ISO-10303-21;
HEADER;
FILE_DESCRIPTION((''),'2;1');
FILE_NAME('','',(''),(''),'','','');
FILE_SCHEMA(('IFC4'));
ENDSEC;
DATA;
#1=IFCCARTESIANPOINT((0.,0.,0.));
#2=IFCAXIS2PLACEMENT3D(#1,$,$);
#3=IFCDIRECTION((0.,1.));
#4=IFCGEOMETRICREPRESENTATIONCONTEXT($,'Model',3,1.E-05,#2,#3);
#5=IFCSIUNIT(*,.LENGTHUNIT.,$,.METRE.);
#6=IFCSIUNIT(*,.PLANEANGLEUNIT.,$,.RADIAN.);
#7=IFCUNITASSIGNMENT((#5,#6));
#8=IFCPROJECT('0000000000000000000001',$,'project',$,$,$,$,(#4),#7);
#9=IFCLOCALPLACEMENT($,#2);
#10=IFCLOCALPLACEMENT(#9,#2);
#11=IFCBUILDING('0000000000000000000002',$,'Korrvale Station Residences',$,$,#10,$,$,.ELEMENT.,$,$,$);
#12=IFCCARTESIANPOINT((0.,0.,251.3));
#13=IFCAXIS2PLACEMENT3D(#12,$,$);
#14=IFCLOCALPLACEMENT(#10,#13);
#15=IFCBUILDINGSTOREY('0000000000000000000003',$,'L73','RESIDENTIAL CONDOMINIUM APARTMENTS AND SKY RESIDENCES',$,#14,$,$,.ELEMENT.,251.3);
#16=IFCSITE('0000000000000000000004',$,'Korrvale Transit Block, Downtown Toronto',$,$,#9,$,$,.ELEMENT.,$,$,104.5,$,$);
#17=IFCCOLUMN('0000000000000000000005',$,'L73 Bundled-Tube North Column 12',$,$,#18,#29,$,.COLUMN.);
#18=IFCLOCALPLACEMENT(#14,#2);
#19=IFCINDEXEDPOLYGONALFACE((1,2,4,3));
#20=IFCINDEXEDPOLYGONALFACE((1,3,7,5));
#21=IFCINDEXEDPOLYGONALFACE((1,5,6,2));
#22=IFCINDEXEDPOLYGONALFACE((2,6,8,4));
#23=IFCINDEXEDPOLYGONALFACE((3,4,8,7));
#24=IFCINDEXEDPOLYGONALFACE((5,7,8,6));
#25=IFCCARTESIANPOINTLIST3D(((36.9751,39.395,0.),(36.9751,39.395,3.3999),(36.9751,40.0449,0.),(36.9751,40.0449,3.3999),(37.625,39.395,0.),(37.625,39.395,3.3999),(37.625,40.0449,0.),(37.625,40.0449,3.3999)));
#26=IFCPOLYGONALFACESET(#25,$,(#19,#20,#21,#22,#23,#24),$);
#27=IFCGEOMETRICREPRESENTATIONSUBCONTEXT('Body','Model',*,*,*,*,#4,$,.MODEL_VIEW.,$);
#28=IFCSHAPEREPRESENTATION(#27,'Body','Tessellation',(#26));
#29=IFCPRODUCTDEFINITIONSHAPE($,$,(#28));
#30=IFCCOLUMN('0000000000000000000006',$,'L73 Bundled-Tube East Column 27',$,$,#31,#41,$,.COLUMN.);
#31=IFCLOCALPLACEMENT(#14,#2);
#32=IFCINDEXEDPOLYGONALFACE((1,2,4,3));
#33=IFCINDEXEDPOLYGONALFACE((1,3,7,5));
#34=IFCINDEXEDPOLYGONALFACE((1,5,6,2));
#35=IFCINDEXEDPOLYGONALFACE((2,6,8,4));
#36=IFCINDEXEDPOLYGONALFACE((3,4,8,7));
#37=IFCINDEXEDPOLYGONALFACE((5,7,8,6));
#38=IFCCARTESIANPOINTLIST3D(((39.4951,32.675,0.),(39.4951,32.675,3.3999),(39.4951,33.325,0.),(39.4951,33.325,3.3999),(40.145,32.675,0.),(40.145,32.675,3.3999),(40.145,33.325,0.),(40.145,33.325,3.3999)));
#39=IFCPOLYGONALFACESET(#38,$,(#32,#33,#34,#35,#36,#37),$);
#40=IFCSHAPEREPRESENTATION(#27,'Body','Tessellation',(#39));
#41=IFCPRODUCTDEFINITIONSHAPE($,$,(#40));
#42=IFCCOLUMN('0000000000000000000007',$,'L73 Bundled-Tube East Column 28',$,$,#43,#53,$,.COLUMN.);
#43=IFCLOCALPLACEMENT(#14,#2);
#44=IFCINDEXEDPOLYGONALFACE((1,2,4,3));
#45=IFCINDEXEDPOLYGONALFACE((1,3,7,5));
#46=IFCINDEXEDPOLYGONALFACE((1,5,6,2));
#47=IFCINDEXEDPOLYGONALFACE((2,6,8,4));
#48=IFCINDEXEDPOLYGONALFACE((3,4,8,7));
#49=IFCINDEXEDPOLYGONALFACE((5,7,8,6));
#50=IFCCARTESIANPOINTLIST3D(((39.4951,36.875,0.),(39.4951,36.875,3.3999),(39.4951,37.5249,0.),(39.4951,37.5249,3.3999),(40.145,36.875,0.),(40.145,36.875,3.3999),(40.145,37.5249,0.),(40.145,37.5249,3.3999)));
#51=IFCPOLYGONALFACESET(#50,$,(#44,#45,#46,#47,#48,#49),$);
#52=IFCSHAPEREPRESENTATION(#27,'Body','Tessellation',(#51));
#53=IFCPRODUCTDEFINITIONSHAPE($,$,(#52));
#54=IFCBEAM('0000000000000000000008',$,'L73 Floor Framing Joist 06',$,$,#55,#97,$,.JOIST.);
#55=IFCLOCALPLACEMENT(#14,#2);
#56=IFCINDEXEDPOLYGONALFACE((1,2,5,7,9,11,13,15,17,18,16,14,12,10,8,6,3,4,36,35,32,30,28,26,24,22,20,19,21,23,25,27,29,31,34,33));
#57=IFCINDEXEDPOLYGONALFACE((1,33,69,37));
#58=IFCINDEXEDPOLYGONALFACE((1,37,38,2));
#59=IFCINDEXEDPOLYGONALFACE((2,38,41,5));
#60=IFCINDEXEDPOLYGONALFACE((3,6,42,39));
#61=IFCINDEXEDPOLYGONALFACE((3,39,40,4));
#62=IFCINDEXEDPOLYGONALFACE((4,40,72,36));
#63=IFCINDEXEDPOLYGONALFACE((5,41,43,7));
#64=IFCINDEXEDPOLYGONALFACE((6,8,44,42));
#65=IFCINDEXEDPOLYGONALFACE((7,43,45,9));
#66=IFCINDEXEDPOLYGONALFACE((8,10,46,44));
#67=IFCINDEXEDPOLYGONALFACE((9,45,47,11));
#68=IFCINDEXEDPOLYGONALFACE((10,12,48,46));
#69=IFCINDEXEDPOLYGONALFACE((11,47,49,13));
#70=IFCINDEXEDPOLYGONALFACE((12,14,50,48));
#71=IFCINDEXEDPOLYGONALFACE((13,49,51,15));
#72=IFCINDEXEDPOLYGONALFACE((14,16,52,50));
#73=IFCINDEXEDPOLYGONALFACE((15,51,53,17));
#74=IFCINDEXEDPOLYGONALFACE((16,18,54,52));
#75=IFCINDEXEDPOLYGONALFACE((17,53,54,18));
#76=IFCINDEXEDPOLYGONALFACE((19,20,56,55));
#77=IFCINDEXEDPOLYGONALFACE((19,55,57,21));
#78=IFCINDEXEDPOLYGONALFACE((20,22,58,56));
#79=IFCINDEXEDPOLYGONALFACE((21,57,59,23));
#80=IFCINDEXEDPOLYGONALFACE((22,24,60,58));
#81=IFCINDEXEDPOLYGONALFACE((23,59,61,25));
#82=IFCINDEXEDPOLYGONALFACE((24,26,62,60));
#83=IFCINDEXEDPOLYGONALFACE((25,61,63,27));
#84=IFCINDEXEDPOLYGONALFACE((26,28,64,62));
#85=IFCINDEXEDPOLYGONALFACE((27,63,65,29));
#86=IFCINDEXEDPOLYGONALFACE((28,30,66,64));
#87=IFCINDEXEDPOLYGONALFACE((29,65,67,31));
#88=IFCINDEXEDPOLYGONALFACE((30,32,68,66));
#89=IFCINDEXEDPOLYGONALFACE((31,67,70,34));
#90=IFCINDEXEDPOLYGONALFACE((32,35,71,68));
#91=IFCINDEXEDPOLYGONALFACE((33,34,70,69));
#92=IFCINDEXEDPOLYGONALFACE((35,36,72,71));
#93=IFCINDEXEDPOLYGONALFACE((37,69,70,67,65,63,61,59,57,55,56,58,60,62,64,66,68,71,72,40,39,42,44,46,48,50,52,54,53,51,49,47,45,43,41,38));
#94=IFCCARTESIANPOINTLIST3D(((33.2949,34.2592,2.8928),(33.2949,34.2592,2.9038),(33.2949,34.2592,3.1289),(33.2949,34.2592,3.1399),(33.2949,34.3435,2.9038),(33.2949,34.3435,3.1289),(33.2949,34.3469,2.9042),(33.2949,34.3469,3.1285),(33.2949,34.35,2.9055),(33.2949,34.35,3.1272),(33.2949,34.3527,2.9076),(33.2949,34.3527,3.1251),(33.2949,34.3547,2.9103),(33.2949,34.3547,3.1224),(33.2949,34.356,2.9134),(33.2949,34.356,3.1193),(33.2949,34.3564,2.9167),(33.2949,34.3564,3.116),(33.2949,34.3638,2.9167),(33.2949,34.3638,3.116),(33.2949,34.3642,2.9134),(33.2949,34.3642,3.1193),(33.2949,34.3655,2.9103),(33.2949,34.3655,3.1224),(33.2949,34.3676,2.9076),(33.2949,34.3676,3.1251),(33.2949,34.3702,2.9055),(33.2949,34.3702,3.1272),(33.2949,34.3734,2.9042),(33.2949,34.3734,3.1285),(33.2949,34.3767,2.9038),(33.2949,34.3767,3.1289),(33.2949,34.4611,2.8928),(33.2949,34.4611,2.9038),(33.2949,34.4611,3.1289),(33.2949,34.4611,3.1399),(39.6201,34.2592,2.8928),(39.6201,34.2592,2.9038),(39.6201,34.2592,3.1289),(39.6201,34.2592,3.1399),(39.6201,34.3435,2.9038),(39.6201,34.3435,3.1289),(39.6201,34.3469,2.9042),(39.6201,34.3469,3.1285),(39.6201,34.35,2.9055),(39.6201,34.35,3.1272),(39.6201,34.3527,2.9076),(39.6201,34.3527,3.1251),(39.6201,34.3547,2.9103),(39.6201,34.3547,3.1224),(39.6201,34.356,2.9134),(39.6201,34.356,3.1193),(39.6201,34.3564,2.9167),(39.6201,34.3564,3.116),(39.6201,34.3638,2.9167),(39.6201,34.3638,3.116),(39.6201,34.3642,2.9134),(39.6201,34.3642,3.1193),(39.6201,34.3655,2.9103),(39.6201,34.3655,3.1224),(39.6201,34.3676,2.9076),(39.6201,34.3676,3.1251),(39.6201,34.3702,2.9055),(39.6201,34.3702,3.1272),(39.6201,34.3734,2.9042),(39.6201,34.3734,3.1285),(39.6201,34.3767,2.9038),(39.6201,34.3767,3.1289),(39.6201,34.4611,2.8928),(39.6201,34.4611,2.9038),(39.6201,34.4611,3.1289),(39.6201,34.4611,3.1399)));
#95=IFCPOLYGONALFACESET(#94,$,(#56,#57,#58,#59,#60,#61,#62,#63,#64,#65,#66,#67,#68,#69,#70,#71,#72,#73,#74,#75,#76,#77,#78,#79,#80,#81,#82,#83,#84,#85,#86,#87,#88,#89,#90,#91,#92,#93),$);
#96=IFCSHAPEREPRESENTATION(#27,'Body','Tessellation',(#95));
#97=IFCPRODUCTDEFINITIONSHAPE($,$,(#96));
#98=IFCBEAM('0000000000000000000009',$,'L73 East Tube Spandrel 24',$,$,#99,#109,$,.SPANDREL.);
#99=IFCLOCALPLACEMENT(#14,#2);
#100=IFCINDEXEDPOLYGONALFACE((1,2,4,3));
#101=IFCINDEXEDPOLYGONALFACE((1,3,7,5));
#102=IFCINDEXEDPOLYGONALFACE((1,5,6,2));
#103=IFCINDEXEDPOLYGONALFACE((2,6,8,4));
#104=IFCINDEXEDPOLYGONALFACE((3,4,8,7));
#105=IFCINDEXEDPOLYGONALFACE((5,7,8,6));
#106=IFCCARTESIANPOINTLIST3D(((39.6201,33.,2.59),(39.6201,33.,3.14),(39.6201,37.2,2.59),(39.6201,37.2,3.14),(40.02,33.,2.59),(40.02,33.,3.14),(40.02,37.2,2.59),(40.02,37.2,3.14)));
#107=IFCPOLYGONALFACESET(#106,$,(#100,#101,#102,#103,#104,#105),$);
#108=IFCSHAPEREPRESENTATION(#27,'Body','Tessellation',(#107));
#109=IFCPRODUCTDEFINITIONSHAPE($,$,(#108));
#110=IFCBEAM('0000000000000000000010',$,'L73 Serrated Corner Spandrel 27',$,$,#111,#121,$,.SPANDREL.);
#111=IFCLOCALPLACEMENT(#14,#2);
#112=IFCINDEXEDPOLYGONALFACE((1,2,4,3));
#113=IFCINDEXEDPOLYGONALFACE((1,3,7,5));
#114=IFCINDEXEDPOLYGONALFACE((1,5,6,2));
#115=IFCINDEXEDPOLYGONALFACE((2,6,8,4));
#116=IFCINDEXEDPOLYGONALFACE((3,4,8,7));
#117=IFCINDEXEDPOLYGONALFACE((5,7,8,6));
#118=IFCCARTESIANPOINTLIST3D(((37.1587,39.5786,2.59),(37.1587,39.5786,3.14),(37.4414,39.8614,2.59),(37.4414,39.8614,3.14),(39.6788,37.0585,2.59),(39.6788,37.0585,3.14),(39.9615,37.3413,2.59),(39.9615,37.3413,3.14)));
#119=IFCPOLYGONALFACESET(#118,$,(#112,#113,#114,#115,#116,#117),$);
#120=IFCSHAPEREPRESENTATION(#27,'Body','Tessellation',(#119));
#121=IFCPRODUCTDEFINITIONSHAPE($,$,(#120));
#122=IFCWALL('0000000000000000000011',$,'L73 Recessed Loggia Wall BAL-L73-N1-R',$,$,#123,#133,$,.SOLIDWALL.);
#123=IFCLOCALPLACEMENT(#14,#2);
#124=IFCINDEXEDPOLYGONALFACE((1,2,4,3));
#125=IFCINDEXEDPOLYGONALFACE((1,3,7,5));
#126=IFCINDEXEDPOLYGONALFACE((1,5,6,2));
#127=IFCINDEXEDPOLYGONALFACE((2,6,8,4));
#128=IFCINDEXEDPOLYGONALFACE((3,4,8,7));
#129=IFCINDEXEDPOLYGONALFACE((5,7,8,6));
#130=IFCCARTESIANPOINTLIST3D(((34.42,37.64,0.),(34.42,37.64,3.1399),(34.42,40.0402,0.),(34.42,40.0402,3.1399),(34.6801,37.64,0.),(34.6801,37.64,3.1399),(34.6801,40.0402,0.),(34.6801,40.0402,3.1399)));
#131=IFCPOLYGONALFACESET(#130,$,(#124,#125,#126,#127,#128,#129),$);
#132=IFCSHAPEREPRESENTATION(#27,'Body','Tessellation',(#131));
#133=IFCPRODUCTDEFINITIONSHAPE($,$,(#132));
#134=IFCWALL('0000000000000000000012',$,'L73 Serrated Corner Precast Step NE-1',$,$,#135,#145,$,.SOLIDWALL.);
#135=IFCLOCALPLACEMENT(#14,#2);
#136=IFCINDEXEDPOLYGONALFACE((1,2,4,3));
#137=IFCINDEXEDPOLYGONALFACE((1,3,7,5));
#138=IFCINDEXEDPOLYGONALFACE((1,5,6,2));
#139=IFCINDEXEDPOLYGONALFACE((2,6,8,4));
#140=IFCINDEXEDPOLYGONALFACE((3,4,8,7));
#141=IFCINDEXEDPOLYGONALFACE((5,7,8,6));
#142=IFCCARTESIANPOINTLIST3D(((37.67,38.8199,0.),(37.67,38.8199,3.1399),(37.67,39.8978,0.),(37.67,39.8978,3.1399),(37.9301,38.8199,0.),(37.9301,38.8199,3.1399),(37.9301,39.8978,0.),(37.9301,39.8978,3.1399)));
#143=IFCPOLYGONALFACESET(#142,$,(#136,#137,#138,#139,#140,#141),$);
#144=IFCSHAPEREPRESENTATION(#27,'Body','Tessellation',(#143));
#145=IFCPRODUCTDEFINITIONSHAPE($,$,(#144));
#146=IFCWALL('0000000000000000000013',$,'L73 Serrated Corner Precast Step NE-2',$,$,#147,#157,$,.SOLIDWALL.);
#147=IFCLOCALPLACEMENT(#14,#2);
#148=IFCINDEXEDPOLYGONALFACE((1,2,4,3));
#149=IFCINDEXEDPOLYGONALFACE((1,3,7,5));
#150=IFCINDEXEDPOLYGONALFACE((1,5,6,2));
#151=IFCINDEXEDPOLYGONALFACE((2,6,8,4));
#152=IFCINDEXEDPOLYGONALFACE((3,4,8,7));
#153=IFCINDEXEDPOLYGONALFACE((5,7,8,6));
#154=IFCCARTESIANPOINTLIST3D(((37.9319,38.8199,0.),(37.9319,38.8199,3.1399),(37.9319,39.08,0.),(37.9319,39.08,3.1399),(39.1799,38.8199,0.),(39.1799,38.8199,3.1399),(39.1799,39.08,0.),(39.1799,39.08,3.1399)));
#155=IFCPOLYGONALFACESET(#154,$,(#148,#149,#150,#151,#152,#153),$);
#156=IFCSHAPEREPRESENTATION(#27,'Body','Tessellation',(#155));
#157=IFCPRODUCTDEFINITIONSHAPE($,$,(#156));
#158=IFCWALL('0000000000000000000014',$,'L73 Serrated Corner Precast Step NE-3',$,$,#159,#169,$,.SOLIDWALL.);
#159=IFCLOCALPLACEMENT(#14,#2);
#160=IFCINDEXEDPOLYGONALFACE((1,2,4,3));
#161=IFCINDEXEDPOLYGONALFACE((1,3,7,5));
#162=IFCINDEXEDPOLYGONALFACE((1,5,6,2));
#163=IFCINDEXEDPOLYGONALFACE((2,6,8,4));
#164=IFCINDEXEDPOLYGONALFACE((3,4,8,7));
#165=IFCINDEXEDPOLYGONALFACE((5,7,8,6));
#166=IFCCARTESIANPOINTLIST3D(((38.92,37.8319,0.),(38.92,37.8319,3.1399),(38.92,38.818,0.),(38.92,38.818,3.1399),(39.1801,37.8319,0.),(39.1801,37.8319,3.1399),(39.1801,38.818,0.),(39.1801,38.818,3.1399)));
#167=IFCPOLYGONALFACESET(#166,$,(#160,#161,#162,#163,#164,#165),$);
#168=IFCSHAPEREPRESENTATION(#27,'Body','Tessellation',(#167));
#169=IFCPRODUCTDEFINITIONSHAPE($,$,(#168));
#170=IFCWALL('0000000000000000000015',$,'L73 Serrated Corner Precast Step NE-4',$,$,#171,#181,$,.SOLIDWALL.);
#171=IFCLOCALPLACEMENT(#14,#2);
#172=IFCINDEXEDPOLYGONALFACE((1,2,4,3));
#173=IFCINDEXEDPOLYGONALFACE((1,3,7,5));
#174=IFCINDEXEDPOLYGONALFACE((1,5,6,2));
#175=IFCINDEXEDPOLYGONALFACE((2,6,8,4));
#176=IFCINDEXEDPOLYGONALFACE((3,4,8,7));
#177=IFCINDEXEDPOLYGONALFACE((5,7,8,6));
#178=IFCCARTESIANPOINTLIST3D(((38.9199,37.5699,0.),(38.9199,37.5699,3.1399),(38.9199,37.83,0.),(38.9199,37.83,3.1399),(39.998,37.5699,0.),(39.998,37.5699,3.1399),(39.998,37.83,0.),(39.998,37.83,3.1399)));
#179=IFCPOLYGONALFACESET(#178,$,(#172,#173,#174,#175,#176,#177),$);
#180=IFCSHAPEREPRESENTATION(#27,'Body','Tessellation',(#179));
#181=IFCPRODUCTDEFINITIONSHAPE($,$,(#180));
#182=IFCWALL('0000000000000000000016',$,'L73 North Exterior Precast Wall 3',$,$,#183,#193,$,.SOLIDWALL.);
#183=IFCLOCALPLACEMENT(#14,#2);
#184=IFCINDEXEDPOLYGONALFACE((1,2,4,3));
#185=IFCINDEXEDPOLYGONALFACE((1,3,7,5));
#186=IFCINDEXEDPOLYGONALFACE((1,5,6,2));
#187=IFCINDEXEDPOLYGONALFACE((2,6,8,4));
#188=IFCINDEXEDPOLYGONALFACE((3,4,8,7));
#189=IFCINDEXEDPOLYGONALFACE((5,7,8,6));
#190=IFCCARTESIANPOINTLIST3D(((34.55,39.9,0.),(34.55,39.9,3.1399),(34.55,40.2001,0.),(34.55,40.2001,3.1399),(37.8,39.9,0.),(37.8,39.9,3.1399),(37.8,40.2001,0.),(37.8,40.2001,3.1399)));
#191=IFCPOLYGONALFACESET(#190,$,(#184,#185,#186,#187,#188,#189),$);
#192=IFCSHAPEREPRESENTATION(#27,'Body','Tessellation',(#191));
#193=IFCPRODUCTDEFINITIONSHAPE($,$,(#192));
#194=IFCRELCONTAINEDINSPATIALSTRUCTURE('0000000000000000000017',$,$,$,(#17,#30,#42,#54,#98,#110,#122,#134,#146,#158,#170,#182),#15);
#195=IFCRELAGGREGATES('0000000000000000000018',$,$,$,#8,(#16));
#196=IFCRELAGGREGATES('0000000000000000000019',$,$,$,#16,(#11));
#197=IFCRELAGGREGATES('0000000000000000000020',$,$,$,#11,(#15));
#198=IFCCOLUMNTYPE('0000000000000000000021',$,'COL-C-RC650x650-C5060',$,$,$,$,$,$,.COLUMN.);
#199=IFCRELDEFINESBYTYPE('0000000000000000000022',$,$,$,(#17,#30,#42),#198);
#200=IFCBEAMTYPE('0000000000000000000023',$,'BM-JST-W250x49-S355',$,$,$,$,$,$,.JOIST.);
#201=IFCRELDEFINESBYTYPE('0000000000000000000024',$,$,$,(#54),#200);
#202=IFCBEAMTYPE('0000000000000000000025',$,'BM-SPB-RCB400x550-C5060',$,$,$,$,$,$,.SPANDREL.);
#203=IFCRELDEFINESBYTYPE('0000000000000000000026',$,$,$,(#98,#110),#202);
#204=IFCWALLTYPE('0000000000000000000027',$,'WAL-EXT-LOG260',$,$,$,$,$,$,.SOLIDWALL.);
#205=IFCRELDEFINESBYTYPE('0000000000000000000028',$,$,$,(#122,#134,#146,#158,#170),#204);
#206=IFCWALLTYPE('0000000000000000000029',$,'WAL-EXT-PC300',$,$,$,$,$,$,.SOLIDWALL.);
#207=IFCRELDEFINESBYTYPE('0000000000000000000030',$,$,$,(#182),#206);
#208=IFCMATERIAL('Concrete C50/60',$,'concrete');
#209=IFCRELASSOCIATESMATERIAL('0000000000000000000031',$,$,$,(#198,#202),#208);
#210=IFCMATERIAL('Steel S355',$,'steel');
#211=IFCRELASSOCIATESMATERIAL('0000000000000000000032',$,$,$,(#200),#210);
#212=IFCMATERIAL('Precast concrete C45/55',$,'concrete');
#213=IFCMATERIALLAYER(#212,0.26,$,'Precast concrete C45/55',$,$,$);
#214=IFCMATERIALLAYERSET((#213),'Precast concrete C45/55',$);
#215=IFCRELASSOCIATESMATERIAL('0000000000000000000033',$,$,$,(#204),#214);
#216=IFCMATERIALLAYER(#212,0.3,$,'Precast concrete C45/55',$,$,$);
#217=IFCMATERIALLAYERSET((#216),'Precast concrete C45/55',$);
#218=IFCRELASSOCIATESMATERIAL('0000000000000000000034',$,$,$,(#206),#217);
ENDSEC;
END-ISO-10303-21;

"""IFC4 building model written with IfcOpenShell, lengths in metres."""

from ifc_helpers import new_model, si_unit, direction, frame, frame_2d, origin, origin_2d, place, context, subcontext, project, spatial, rectangle, i_section, extrude, material, layer, layer_set, material_profile, profile_set, type_object, element, save


model = new_model("IFC4")

# Units and contexts
model_context = context("Model", 3, precision=1e-05, world=origin(), true_north=direction((0.0, 1.0)))
body_context = subcontext(model_context, "Body", "Model", "MODEL_VIEW")
ifc_project = project(units=[si_unit("LENGTHUNIT", "METRE"), si_unit("PLANEANGLEUNIT", "RADIAN")], contexts=[model_context])

# Site, building, storey
site_placement = place(None, origin())
site = spatial("IfcSite", under=ifc_project, at=site_placement, Name="Korrvale Transit Block, Downtown Toronto", CompositionType="ELEMENT", RefElevation=104.5)
building_placement = place(site_placement, origin())
building = spatial("IfcBuilding", under=site, at=building_placement, Name="Korrvale Station Residences", CompositionType="ELEMENT")
storey_placement = place(building_placement, frame((0.0, 0.0, 251.3)))
storey = spatial("IfcBuildingStorey", under=building, at=storey_placement, Name="L73", Description="RESIDENTIAL CONDOMINIUM APARTMENTS AND SKY RESIDENCES", CompositionType="ELEMENT", Elevation=251.3)

# Columns
ifc_material_1 = material(Name="Concrete C50/60", Category="concrete")
ifc_material_profile_1 = material_profile(ifc_material_1, rectangle(XDim=0.6499, YDim=0.6499, at=origin_2d()), Name="RC650x650")
ifc_profile_set_1 = profile_set([ifc_material_profile_1], Name="Concrete C50/60")
column_type = type_object("IfcColumnType", Name="COL-C-RC650x650-C5060", PredefinedType="COLUMN", material=ifc_profile_set_1)
for number, where, z_axis, x_axis, name in (
    (1, (37.3, 39.72, 0.0), (0.0, 0.0, 1.0), (1.0, 0.0, 0.0), "L73 Bundled-Tube North Column 12"),
    (2, (39.8201, 33.0, 0.0), (0.0, 0.0, 1.0), (1.0, 0.0, 0.0), "L73 Bundled-Tube East Column 27"),
    (3, (39.8201, 37.2, 0.0), (0.0, 0.0, 1.0), (1.0, 0.0, 0.0), "L73 Bundled-Tube East Column 28"),
):
    element("IfcColumn", number, at=place(storey_placement, frame(where, z_axis=z_axis, x_axis=x_axis)), inside=storey, type_object=column_type, Name=name, PredefinedType="COLUMN", context=body_context, shape_type="SweptSolid", body=[
        extrude(rectangle(XDim=0.6499, YDim=0.6499, at=origin_2d()), origin(), (0.0, 0.0, 1.0), 3.3999),
    ])

# Beams
ifc_material_2 = material(Name="Steel S355", Category="steel")
ifc_material_profile_2 = material_profile(ifc_material_2, i_section(OverallWidth=0.2019, OverallDepth=0.2471, WebThickness=0.0073, FlangeThickness=0.011, FilletRadius=0.0129, at=origin_2d()), Name="W250x49")
ifc_profile_set_2 = profile_set([ifc_material_profile_2], Name="Steel S355")
beam_type_1 = type_object("IfcBeamType", Name="BM-JST-W250x49-S355", PredefinedType="JOIST", material=ifc_profile_set_2)
beam_1_placement = place(storey_placement, frame((33.2949, 34.3601, 3.0164), z_axis=(1.0, 0.0, 0.0), x_axis=(0.0, 1.0, 0.0)))
element("IfcBeam", 4, at=beam_1_placement, inside=storey, type_object=beam_type_1, Name="L73 Floor Framing Joist 06", PredefinedType="JOIST", context=body_context, shape_type="SweptSolid", body=[
    extrude(i_section(OverallWidth=0.2019, OverallDepth=0.2471, WebThickness=0.0073, FlangeThickness=0.011, FilletRadius=0.0129, at=origin_2d()), origin(), (0.0, 0.0, 1.0), 6.3252),
])
ifc_material_profile_3 = material_profile(ifc_material_1, rectangle(XDim=0.3999, YDim=0.55, at=origin_2d()), Name="RCB400x550")
ifc_profile_set_3 = profile_set([ifc_material_profile_3], Name="Concrete C50/60")
beam_type_2 = type_object("IfcBeamType", Name="BM-SPB-RCB400x550-C5060", PredefinedType="SPANDREL", material=ifc_profile_set_3)
beam_2_placement = place(storey_placement, frame((39.8201, 33.0, 2.865), z_axis=(0.0, 1.0, 0.0), x_axis=(-1.0, 0.0, 0.0)))
element("IfcBeam", 5, at=beam_2_placement, inside=storey, type_object=beam_type_2, Name="L73 East Tube Spandrel 24", PredefinedType="SPANDREL", context=body_context, shape_type="SweptSolid", body=[
    extrude(rectangle(XDim=0.3999, YDim=0.55, at=origin_2d()), origin(), (0.0, 0.0, 1.0), 4.2),
])
beam_3_placement = place(storey_placement, frame((37.3, 39.72, 2.865), z_axis=(0.707107, -0.707107, 0.0), x_axis=(0.707107, 0.707107, 0.0)))
element("IfcBeam", 6, at=beam_3_placement, inside=storey, type_object=beam_type_2, Name="L73 Serrated Corner Spandrel 27", PredefinedType="SPANDREL", context=body_context, shape_type="SweptSolid", body=[
    extrude(rectangle(XDim=0.3999, YDim=0.55, at=origin_2d()), origin(), (0.0, 0.0, 1.0), 3.564),
])

# Walls
ifc_material_3 = material(Name="Precast concrete C45/55", Category="concrete")
ifc_layer_1 = layer(ifc_material_3, 0.26, Name="Precast concrete C45/55")
ifc_layer_set_1 = layer_set([ifc_layer_1], Name="Precast concrete C45/55")
wall_type_1 = type_object("IfcWallType", Name="WAL-EXT-LOG260", PredefinedType="SOLIDWALL", material=ifc_layer_set_1)
wall_1_placement = place(storey_placement, frame((34.55, 37.6399, 0.0), z_axis=(0.0, 0.0, 1.0), x_axis=(0.0, 1.0, 0.0)))
element("IfcWall", 7, at=wall_1_placement, inside=storey, type_object=wall_type_1, Name="L73 Recessed Loggia Wall BAL-L73-N1-R", PredefinedType="SOLIDWALL", context=body_context, shape_type="SweptSolid", body=[
    extrude(rectangle(XDim=2.4001, YDim=0.26, at=frame_2d((1.2002, 0.0))), origin(), (0.0, 0.0, 1.0), 3.1399),
])
wall_2_placement = place(storey_placement, frame((37.8, 39.8979, 0.0), z_axis=(0.0, 0.0, 1.0), x_axis=(0.0, -1.0, 0.0)))
element("IfcWall", 8, at=wall_2_placement, inside=storey, type_object=wall_type_1, Name="L73 Serrated Corner Precast Step NE-1", PredefinedType="SOLIDWALL", context=body_context, shape_type="SweptSolid", body=[
    extrude(rectangle(XDim=1.0779, YDim=0.26, at=frame_2d((0.5391, 0.0))), origin(), (0.0, 0.0, 1.0), 3.1399),
])
wall_3_placement = place(storey_placement, frame((37.9319, 38.95, 0.0), z_axis=(0.0, 0.0, 1.0), x_axis=(1.0, 0.0, 0.0)))
element("IfcWall", 9, at=wall_3_placement, inside=storey, type_object=wall_type_1, Name="L73 Serrated Corner Precast Step NE-2", PredefinedType="SOLIDWALL", context=body_context, shape_type="SweptSolid", body=[
    extrude(rectangle(XDim=1.248, YDim=0.26, at=frame_2d((0.624, 0.0))), origin(), (0.0, 0.0, 1.0), 3.1399),
])
wall_4_placement = place(storey_placement, frame((39.05, 38.8181, 0.0), z_axis=(0.0, 0.0, 1.0), x_axis=(0.0, -1.0, 0.0)))
element("IfcWall", 10, at=wall_4_placement, inside=storey, type_object=wall_type_1, Name="L73 Serrated Corner Precast Step NE-3", PredefinedType="SOLIDWALL", context=body_context, shape_type="SweptSolid", body=[
    extrude(rectangle(XDim=0.9861, YDim=0.26, at=frame_2d((0.4932, 0.0))), origin(), (0.0, 0.0, 1.0), 3.1399),
])
wall_5_placement = place(storey_placement, frame((38.9199, 37.7, 0.0), z_axis=(0.0, 0.0, 1.0), x_axis=(1.0, 0.0, 0.0)))
element("IfcWall", 11, at=wall_5_placement, inside=storey, type_object=wall_type_1, Name="L73 Serrated Corner Precast Step NE-4", PredefinedType="SOLIDWALL", context=body_context, shape_type="SweptSolid", body=[
    extrude(rectangle(XDim=1.0781, YDim=0.26, at=frame_2d((0.5391, 0.0))), origin(), (0.0, 0.0, 1.0), 3.1399),
])
ifc_layer_2 = layer(ifc_material_3, 0.3, Name="Precast concrete C45/55")
ifc_layer_set_2 = layer_set([ifc_layer_2], Name="Precast concrete C45/55")
wall_type_2 = type_object("IfcWallType", Name="WAL-EXT-PC300", PredefinedType="SOLIDWALL", material=ifc_layer_set_2)
wall_6_placement = place(storey_placement, frame((34.55, 40.05, 0.0), z_axis=(0.0, 0.0, 1.0), x_axis=(1.0, 0.0, 0.0)))
element("IfcWall", 12, at=wall_6_placement, inside=storey, type_object=wall_type_2, Name="L73 North Exterior Precast Wall 3", PredefinedType="SOLIDWALL", context=body_context, shape_type="SweptSolid", body=[
    extrude(rectangle(XDim=3.25, YDim=0.3, at=frame_2d((1.625, 0.0))), origin(), (0.0, 0.0, 1.0), 3.1399),
])

save(model, "model.ifc")
